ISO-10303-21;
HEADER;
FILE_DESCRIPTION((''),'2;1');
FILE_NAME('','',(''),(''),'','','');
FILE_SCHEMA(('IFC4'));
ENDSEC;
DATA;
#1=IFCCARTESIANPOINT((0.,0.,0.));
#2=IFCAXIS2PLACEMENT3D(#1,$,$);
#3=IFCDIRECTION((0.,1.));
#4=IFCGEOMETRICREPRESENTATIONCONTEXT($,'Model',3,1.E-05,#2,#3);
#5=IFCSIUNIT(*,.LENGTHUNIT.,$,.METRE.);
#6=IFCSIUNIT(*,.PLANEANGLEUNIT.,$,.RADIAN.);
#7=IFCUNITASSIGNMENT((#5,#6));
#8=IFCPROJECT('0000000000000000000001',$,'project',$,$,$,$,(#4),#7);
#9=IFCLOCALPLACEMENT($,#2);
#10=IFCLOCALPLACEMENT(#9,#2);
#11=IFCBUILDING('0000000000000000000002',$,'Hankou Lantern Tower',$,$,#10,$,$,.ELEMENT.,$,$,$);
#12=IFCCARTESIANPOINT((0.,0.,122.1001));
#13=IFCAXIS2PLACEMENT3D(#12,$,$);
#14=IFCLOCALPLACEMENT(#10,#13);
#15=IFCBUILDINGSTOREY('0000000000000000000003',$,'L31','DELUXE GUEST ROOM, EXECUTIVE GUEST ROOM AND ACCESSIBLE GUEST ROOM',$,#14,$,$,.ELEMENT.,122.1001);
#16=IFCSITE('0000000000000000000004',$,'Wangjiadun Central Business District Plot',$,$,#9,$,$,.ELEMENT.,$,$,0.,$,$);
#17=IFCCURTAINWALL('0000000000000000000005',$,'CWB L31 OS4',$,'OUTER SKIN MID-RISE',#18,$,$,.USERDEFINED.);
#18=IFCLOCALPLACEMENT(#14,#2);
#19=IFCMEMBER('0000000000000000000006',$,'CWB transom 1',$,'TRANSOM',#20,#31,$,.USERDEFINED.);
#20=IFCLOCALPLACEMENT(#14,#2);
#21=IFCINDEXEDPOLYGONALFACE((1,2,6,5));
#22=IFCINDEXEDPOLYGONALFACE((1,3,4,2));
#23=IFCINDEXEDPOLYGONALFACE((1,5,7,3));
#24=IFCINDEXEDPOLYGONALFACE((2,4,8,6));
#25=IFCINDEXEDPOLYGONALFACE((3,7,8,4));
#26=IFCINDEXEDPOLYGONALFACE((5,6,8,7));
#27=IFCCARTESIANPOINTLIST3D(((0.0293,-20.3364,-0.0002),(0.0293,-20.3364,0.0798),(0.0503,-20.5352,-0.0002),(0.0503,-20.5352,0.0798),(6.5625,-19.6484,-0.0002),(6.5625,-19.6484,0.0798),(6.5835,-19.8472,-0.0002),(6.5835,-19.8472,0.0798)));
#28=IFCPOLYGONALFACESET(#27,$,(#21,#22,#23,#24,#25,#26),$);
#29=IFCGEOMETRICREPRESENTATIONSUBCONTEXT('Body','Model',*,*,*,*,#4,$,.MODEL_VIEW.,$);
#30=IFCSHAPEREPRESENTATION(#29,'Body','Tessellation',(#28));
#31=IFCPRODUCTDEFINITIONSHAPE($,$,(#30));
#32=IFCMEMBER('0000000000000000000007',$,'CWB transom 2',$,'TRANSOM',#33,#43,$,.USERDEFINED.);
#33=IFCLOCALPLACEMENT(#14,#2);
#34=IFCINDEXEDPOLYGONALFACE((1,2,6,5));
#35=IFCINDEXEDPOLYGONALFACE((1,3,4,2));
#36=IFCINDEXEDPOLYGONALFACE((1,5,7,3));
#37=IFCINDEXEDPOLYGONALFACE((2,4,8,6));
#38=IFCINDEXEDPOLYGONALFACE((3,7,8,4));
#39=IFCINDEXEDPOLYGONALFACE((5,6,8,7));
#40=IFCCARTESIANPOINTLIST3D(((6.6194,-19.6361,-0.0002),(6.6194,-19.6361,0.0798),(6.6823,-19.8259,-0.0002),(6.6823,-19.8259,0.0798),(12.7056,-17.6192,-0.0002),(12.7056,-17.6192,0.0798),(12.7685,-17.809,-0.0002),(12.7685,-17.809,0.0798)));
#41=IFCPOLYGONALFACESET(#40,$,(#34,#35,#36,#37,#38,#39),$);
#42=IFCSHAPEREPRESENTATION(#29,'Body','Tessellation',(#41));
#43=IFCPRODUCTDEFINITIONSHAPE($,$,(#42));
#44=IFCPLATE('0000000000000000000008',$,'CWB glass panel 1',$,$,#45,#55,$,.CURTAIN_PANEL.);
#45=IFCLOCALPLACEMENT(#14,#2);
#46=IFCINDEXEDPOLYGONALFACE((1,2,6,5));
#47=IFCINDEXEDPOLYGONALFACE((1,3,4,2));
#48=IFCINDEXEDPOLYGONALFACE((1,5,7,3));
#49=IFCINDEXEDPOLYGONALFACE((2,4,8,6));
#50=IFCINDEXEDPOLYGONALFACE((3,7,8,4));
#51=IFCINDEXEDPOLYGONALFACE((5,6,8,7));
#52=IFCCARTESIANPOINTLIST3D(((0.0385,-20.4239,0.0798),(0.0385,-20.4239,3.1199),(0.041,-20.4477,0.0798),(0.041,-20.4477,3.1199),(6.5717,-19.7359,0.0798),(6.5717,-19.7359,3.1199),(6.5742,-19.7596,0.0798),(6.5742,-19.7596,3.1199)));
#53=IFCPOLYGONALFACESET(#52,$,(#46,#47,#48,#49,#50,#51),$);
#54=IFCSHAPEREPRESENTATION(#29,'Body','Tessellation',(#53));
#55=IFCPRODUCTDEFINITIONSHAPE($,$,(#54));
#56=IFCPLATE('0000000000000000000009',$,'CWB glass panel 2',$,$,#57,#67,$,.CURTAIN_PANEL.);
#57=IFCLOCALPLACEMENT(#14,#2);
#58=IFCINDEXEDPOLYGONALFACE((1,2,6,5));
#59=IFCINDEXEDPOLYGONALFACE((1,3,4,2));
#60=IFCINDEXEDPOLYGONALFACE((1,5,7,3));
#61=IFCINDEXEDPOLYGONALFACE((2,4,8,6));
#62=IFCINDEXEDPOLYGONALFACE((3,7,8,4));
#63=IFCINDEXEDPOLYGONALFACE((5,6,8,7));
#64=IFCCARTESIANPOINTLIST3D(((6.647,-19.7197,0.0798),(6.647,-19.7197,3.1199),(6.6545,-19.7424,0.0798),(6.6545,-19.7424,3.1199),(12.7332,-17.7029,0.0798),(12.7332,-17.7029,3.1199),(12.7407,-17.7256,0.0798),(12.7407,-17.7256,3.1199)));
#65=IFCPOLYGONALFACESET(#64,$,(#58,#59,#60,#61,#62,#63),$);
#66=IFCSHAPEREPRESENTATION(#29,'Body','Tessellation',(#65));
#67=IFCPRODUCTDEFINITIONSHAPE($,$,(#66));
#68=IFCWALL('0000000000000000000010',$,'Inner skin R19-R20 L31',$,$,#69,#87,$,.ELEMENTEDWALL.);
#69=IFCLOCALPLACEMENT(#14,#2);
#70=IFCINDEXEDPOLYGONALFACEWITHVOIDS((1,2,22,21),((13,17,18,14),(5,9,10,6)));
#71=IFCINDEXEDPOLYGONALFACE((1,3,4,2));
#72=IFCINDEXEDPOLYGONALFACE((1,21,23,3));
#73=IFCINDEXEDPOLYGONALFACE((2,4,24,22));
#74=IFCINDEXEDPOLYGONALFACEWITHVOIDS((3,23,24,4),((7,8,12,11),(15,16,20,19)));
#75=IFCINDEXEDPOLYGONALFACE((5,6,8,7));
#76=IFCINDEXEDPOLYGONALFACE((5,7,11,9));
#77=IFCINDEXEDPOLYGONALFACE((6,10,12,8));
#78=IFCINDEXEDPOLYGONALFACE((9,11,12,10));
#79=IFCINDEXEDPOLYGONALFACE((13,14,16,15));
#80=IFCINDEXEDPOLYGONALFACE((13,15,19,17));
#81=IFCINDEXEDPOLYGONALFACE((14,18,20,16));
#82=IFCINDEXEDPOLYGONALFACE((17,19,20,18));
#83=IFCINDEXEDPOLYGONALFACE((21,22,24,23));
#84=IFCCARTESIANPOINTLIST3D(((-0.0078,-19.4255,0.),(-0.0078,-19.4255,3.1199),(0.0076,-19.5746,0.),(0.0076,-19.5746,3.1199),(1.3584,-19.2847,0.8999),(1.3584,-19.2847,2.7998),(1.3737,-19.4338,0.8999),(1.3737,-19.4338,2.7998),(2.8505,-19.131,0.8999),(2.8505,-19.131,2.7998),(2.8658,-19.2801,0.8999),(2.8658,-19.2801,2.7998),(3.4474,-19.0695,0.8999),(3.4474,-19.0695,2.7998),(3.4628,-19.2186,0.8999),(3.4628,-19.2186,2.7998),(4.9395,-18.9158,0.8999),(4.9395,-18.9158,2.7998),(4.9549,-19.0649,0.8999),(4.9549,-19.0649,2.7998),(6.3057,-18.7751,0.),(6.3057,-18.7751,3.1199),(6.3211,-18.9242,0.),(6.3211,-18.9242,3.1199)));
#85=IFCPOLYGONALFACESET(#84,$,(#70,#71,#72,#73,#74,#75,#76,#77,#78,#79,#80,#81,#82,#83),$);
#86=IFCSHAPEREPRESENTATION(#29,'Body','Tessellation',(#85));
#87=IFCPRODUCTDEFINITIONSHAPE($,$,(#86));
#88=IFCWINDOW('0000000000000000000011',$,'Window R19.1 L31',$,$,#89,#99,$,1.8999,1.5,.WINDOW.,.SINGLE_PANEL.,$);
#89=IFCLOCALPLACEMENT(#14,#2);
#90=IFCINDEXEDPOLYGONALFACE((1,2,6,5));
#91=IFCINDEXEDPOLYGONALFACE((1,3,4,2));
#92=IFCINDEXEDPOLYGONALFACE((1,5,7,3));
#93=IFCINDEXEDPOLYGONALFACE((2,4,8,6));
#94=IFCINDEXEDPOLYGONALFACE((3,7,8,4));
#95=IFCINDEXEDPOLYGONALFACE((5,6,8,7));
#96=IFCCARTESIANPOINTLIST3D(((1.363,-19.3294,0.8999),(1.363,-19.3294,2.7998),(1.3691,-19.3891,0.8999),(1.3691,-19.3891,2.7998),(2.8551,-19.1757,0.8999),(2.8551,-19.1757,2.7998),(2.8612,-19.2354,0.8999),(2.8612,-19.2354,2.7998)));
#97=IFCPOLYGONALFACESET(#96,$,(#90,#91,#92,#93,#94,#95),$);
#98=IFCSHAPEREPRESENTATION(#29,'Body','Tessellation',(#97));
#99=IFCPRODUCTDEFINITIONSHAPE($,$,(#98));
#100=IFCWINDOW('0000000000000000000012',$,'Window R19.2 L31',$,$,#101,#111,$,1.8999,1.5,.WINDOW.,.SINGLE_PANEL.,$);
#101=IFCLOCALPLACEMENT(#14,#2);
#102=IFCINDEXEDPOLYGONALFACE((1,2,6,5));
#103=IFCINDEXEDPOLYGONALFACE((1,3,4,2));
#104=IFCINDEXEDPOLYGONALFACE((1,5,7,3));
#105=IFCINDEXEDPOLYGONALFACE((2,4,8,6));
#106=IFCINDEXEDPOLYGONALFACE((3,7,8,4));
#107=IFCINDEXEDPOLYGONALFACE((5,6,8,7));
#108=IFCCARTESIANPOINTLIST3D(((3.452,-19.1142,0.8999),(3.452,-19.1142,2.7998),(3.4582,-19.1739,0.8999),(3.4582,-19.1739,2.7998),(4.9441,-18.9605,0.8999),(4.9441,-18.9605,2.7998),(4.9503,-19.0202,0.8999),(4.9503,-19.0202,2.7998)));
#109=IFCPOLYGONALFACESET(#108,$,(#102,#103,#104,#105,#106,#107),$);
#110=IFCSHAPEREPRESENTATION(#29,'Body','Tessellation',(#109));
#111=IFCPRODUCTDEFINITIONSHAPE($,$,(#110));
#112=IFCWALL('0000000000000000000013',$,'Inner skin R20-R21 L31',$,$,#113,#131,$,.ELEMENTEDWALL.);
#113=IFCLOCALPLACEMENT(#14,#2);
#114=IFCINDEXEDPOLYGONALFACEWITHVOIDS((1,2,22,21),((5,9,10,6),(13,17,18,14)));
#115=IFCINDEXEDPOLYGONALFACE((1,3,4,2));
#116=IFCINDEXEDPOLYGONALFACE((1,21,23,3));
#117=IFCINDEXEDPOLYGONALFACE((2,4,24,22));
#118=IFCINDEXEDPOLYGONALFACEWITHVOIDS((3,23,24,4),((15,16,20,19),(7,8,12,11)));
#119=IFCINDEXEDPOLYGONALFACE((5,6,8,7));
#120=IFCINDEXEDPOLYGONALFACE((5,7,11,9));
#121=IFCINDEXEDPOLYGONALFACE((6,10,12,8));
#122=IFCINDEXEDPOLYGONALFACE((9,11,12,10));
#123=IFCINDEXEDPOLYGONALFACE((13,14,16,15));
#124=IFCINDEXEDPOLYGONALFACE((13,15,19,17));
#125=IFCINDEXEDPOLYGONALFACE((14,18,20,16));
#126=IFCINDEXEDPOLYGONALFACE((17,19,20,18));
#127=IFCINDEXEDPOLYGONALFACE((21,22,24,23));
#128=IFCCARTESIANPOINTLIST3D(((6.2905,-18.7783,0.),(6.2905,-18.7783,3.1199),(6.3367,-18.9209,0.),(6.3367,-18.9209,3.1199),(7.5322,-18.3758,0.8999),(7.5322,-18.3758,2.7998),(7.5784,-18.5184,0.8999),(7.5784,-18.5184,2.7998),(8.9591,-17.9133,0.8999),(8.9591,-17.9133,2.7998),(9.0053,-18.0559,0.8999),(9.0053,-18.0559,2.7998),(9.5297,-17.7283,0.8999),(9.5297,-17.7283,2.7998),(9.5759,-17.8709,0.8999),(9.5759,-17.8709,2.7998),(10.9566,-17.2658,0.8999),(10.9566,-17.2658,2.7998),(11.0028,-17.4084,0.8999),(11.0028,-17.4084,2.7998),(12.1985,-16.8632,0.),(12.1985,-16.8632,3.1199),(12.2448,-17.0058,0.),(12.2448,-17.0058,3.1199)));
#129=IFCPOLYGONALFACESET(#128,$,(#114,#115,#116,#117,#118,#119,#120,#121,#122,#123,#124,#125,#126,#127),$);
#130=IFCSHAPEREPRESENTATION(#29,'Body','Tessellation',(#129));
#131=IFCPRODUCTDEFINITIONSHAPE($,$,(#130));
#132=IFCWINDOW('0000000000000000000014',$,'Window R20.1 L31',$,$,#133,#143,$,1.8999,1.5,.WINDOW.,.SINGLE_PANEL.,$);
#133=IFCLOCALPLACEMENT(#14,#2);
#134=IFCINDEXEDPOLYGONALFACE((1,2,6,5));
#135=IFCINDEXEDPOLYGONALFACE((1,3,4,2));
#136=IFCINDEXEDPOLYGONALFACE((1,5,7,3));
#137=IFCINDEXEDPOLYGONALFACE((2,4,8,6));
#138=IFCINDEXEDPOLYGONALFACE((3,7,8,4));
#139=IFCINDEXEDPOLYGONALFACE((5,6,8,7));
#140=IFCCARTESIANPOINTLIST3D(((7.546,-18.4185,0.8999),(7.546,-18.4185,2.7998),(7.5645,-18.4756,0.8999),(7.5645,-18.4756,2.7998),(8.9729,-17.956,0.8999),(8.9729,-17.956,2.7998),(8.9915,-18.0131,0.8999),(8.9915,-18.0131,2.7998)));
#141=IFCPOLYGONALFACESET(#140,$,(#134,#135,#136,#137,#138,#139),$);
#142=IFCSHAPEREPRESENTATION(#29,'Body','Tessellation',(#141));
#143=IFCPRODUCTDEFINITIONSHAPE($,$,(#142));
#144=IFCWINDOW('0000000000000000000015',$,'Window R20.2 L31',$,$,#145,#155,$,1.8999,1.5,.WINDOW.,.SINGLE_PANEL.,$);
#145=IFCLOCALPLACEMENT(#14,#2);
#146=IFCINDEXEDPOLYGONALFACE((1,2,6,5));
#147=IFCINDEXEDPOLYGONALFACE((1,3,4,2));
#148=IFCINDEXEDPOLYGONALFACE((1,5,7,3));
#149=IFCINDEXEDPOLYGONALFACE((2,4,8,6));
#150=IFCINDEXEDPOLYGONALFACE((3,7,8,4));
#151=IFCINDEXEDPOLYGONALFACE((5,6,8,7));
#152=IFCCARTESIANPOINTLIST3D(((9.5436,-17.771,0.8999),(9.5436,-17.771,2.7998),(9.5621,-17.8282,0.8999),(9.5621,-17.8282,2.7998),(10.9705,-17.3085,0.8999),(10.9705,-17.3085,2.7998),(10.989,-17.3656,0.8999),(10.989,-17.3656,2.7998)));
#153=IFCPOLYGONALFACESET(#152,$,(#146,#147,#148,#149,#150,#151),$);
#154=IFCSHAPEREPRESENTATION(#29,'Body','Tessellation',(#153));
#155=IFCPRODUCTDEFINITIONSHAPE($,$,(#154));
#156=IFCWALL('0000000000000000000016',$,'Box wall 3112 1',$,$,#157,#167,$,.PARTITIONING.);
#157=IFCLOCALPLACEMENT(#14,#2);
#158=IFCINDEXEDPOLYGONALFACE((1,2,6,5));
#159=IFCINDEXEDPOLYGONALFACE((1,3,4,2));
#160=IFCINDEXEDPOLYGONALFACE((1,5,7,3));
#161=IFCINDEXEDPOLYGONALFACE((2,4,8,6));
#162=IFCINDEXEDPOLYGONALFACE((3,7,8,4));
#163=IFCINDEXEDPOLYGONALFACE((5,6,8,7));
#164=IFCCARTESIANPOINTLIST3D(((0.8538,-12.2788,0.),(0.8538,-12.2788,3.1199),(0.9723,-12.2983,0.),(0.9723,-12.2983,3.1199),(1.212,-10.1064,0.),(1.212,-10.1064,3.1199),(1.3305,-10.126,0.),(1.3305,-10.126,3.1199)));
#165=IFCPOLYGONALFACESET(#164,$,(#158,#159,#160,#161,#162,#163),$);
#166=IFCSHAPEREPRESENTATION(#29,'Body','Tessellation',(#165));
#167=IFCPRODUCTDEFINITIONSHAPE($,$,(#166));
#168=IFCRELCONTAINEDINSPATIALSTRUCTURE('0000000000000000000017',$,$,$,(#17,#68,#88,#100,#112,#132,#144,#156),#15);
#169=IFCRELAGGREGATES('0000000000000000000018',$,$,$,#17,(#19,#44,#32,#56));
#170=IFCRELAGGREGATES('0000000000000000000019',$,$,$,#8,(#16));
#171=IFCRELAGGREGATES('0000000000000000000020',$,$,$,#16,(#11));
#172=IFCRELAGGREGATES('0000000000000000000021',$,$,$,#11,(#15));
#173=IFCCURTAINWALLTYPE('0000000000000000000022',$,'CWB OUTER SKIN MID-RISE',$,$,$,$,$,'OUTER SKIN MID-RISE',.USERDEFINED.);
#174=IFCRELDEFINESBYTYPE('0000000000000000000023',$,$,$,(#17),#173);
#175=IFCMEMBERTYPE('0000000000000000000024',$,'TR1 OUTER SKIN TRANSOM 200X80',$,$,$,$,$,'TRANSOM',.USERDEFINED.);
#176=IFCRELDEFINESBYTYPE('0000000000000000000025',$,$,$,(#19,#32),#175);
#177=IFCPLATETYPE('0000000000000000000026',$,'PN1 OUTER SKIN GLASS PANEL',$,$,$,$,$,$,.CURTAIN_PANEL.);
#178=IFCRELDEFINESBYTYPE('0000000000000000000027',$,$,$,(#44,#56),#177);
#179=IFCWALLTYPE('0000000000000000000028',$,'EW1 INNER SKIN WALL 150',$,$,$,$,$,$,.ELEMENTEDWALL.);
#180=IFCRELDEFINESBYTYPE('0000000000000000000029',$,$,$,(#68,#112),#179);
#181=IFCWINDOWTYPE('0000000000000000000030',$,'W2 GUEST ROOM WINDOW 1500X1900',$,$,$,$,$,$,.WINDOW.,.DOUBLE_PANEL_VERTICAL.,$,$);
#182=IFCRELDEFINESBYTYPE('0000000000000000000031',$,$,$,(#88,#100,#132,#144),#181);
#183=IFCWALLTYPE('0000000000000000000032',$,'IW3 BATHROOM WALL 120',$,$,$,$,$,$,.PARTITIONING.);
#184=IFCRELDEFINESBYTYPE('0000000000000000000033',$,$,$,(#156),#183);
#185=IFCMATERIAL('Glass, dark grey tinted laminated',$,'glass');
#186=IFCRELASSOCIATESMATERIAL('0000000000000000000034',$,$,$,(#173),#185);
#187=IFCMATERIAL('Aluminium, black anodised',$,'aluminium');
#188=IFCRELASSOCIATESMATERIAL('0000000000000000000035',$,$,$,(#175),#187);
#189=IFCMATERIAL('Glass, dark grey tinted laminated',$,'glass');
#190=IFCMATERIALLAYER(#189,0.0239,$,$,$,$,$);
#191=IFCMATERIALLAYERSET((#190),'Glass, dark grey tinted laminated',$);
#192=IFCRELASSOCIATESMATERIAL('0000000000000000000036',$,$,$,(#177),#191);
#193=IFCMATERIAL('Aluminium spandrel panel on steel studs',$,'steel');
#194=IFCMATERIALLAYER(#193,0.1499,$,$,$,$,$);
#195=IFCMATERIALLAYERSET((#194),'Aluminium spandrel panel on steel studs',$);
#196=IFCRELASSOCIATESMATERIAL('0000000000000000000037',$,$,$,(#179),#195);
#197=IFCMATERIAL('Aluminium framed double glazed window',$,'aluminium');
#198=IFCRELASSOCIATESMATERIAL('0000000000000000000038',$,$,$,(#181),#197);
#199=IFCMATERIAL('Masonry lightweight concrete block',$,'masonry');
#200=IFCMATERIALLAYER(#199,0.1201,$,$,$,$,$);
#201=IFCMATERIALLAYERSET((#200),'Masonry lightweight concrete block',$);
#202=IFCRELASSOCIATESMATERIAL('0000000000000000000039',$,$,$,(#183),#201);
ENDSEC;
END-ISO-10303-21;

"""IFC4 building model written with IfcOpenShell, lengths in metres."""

from ifc_helpers import new_model, si_unit, direction, frame, frame_2d, origin, origin_2d, place, context, subcontext, project, spatial, rectangle, extrude, material, layer, layer_set, material_profile, profile_set, type_object, element, fill, aggregate, save


model = new_model("IFC4")

# Units and contexts
model_context = context("Model", 3, precision=1e-05, world=origin(), true_north=direction((0.0, 1.0)))
body_context = subcontext(model_context, "Body", "Model", "MODEL_VIEW")
ifc_project = project(units=[si_unit("LENGTHUNIT", "METRE"), si_unit("PLANEANGLEUNIT", "RADIAN")], contexts=[model_context])

# Site, building, storey
site_placement = place(None, origin())
site = spatial("IfcSite", under=ifc_project, at=site_placement, Name="Wangjiadun Central Business District Plot", CompositionType="ELEMENT", RefElevation=0.0)
building_placement = place(site_placement, origin())
building = spatial("IfcBuilding", under=site, at=building_placement, Name="Hankou Lantern Tower", CompositionType="ELEMENT")
storey_placement = place(building_placement, frame((0.0, 0.0, 122.1001)))
storey = spatial("IfcBuildingStorey", under=building, at=storey_placement, Name="L31", Description="DELUXE GUEST ROOM, EXECUTIVE GUEST ROOM AND ACCESSIBLE GUEST ROOM", CompositionType="ELEMENT", Elevation=122.1001)

# Curtain wall
ifc_material_1 = material(Name="Glass, dark grey tinted laminated", Category="glass")
curtain_wall_type = type_object("IfcCurtainWallType", Name="CWB OUTER SKIN MID-RISE", ElementType="OUTER SKIN MID-RISE", PredefinedType="USERDEFINED", material=ifc_material_1)
curtain_wall_placement = place(storey_placement, origin())
curtain_wall = element("IfcCurtainWall", 1, at=curtain_wall_placement, inside=storey, type_object=curtain_wall_type, Name="CWB L31 OS4", ObjectType="OUTER SKIN MID-RISE", PredefinedType="USERDEFINED")

# Members
ifc_material_2 = material(Name="Aluminium, black anodised", Category="aluminium")
ifc_material_profile_1 = material_profile(ifc_material_2, rectangle(XDim=0.2, YDim=0.0801, at=origin_2d()), Name="TR1 200X80")
ifc_profile_set_1 = profile_set([ifc_material_profile_1], Name="Aluminium, black anodised")
member_type_1 = type_object("IfcMemberType", Name="TR1 OUTER SKIN TRANSOM 200X80", ElementType="TRANSOM", PredefinedType="USERDEFINED", material=ifc_profile_set_1)
member_1_placement = place(storey_placement, frame((0.0398, -20.4358, 0.0398), z_axis=(0.994501, 0.104727, 0.0), x_axis=(-0.104727, 0.994501, 0.0)))
member_1 = element("IfcMember", 2, at=member_1_placement, type_object=member_type_1, Name="CWB transom 1", ObjectType="TRANSOM", PredefinedType="USERDEFINED", context=body_context, shape_type="SweptSolid", body=[
    extrude(rectangle(XDim=0.2, YDim=0.0801, at=origin_2d()), origin(), (0.0, 0.0, 1.0), 6.5693),
])
member_2_placement = place(storey_placement, frame((6.6509, -19.731, 0.0398), z_axis=(0.949238, 0.314559, 0.0), x_axis=(-0.314559, 0.949238, 0.0)))
member_2 = element("IfcMember", 3, at=member_2_placement, type_object=member_type_1, Name="CWB transom 2", ObjectType="TRANSOM", PredefinedType="USERDEFINED", context=body_context, shape_type="SweptSolid", body=[
    extrude(rectangle(XDim=0.2, YDim=0.0801, at=origin_2d()), origin(), (0.0, 0.0, 1.0), 6.4116),
])

# Plates
ifc_material_3 = material(Name="Glass, dark grey tinted laminated", Category="glass")
ifc_layer_1 = layer(ifc_material_3, 0.0239)
ifc_layer_set_1 = layer_set([ifc_layer_1], Name="Glass, dark grey tinted laminated")
plate_type = type_object("IfcPlateType", Name="PN1 OUTER SKIN GLASS PANEL", PredefinedType="CURTAIN_PANEL", material=ifc_layer_set_1)
plate_1_placement = place(storey_placement, frame((3.3064, -20.0918, 0.0798), z_axis=(0.0, 0.0, 1.0), x_axis=(0.994499, 0.104743, 0.0)))
plate_1 = element("IfcPlate", 4, at=plate_1_placement, type_object=plate_type, Name="CWB glass panel 1", PredefinedType="CURTAIN_PANEL", context=body_context, shape_type="SweptSolid", body=[
    extrude(rectangle(XDim=6.5693, YDim=0.0239, at=origin_2d()), origin(), (0.0, 0.0, 1.0), 3.04),
])
plate_2_placement = place(storey_placement, frame((9.6938, -18.7227, 0.0798), z_axis=(0.0, 0.0, 1.0), x_axis=(0.949241, 0.314551, 0.0)))
plate_2 = element("IfcPlate", 5, at=plate_2_placement, type_object=plate_type, Name="CWB glass panel 2", PredefinedType="CURTAIN_PANEL", context=body_context, shape_type="SweptSolid", body=[
    extrude(rectangle(XDim=6.4116, YDim=0.0239, at=origin_2d()), origin(), (0.0, 0.0, 1.0), 3.04),
])
aggregate(curtain_wall, [member_1, plate_1, member_2, plate_2])

# Walls, openings, windows
ifc_material_4 = material(Name="Aluminium spandrel panel on steel studs", Category="steel")
ifc_layer_2 = layer(ifc_material_4, 0.1499)
ifc_layer_set_2 = layer_set([ifc_layer_2], Name="Aluminium spandrel panel on steel studs")
wall_type_1 = type_object("IfcWallType", Name="EW1 INNER SKIN WALL 150", PredefinedType="ELEMENTEDWALL", material=ifc_layer_set_2)
wall_1_placement = place(storey_placement, frame((0.0, -19.5, 0.0), z_axis=(0.0, 0.0, 1.0), x_axis=(0.994736, 0.102474, 0.0)))
wall_1 = element("IfcWall", 6, at=wall_1_placement, inside=storey, type_object=wall_type_1, Name="Inner skin R19-R20 L31", PredefinedType="ELEMENTEDWALL", context=body_context, shape_type="SweptSolid", body=[
    extrude(rectangle(XDim=6.3469, YDim=0.1499, at=frame_2d((3.1733, 0.0))), origin(), (0.0, 0.0, 1.0), 3.1199),
])
opening_1_placement = place(wall_1_placement, frame((1.3733, 0.0, 0.8999)))
opening_1 = element("IfcOpeningElement", 7, at=opening_1_placement, cuts=wall_1, PredefinedType="OPENING", context=body_context, shape_type="SweptSolid", body=[
    extrude(rectangle(XDim=1.5, YDim=1.8999, at=frame_2d((0.75, 0.95))), frame((0.0, 0.085, 0.0), z_axis=(0.0, -1.0, 0.0), x_axis=(1.0, 0.0, 0.0)), (0.0, 0.0, 1.0), 0.1699),
])
opening_2_placement = place(wall_1_placement, frame((3.4734, 0.0, 0.8999)))
opening_2 = element("IfcOpeningElement", 8, at=opening_2_placement, cuts=wall_1, PredefinedType="OPENING", context=body_context, shape_type="SweptSolid", body=[
    extrude(rectangle(XDim=1.5, YDim=1.8999, at=frame_2d((0.75, 0.95))), frame((0.0, 0.085, 0.0), z_axis=(0.0, -1.0, 0.0), x_axis=(1.0, 0.0, 0.0)), (0.0, 0.0, 1.0), 0.1699),
])
ifc_material_5 = material(Name="Aluminium framed double glazed window", Category="aluminium")
window_type = type_object("IfcWindowType", Name="W2 GUEST ROOM WINDOW 1500X1900", PartitioningType="DOUBLE_PANEL_VERTICAL", PredefinedType="WINDOW", material=ifc_material_5)
window_1_placement = place(opening_1_placement, origin())
window_1 = element("IfcWindow", 9, at=window_1_placement, inside=storey, type_object=window_type, Name="Window R19.1 L31", OverallHeight=1.8999, OverallWidth=1.5, PartitioningType="SINGLE_PANEL", PredefinedType="WINDOW", context=body_context, shape_type="SweptSolid", body=[
    extrude(rectangle(XDim=1.5, YDim=1.8999, at=frame_2d((0.75, 0.95))), frame((0.0, 0.03, 0.0), z_axis=(0.0, -1.0, 0.0), x_axis=(1.0, 0.0, 0.0)), (0.0, 0.0, 1.0), 0.0601),
])
fill(opening_1, window_1)
window_2_placement = place(opening_2_placement, origin())
window_2 = element("IfcWindow", 10, at=window_2_placement, inside=storey, type_object=window_type, Name="Window R19.2 L31", OverallHeight=1.8999, OverallWidth=1.5, PartitioningType="SINGLE_PANEL", PredefinedType="WINDOW", context=body_context, shape_type="SweptSolid", body=[
    extrude(rectangle(XDim=1.5, YDim=1.8999, at=frame_2d((0.75, 0.95))), frame((0.0, 0.03, 0.0), z_axis=(0.0, -1.0, 0.0), x_axis=(1.0, 0.0, 0.0)), (0.0, 0.0, 1.0), 0.0601),
])
fill(opening_2, window_2)
wall_2_placement = place(storey_placement, frame((6.3135, -18.8496, 0.0), z_axis=(0.0, 0.0, 1.0), x_axis=(0.951273, 0.308351, 0.0)))
wall_2 = element("IfcWall", 11, at=wall_2_placement, inside=storey, type_object=wall_type_1, Name="Inner skin R20-R21 L31", PredefinedType="ELEMENTEDWALL", context=body_context, shape_type="SweptSolid", body=[
    extrude(rectangle(XDim=6.2107, YDim=0.1499, at=frame_2d((3.1055, 0.0))), origin(), (0.0, 0.0, 1.0), 3.1199),
])
opening_3_placement = place(wall_2_placement, frame((1.3054, 0.0, 0.8999)))
opening_3 = element("IfcOpeningElement", 12, at=opening_3_placement, cuts=wall_2, PredefinedType="OPENING", context=body_context, shape_type="SweptSolid", body=[
    extrude(rectangle(XDim=1.5, YDim=1.8999, at=frame_2d((0.75, 0.95))), frame((0.0, 0.085, 0.0), z_axis=(0.0, -1.0, 0.0), x_axis=(1.0, 0.0, 0.0)), (0.0, 0.0, 1.0), 0.1699),
])
opening_4_placement = place(wall_2_placement, frame((3.4053, 0.0, 0.8999)))
opening_4 = element("IfcOpeningElement", 13, at=opening_4_placement, cuts=wall_2, PredefinedType="OPENING", context=body_context, shape_type="SweptSolid", body=[
    extrude(rectangle(XDim=1.5, YDim=1.8999, at=frame_2d((0.75, 0.95))), frame((0.0, 0.085, 0.0), z_axis=(0.0, -1.0, 0.0), x_axis=(1.0, 0.0, 0.0)), (0.0, 0.0, 1.0), 0.1699),
])
window_3_placement = place(opening_3_placement, origin())
window_3 = element("IfcWindow", 14, at=window_3_placement, inside=storey, type_object=window_type, Name="Window R20.1 L31", OverallHeight=1.8999, OverallWidth=1.5, PartitioningType="SINGLE_PANEL", PredefinedType="WINDOW", context=body_context, shape_type="SweptSolid", body=[
    extrude(rectangle(XDim=1.5, YDim=1.8999, at=frame_2d((0.75, 0.95))), frame((0.0, 0.03, 0.0), z_axis=(0.0, -1.0, 0.0), x_axis=(1.0, 0.0, 0.0)), (0.0, 0.0, 1.0), 0.0601),
])
fill(opening_3, window_3)
window_4_placement = place(opening_4_placement, origin())
window_4 = element("IfcWindow", 15, at=window_4_placement, inside=storey, type_object=window_type, Name="Window R20.2 L31", OverallHeight=1.8999, OverallWidth=1.5, PartitioningType="SINGLE_PANEL", PredefinedType="WINDOW", context=body_context, shape_type="SweptSolid", body=[
    extrude(rectangle(XDim=1.5, YDim=1.8999, at=frame_2d((0.75, 0.95))), frame((0.0, 0.03, 0.0), z_axis=(0.0, -1.0, 0.0), x_axis=(1.0, 0.0, 0.0)), (0.0, 0.0, 1.0), 0.0601),
])
fill(opening_4, window_4)

# Wall
ifc_material_6 = material(Name="Masonry lightweight concrete block", Category="masonry")
ifc_layer_3 = layer(ifc_material_6, 0.1201)
ifc_layer_set_3 = layer_set([ifc_layer_3], Name="Masonry lightweight concrete block")
wall_type_2 = type_object("IfcWallType", Name="IW3 BATHROOM WALL 120", PredefinedType="PARTITIONING", material=ifc_layer_set_3)
wall_3_placement = place(storey_placement, frame((1.2712, -10.1162, 0.0), z_axis=(0.0, 0.0, 1.0), x_axis=(-0.162672, -0.98668, 0.0)))
element("IfcWall", 16, at=wall_3_placement, inside=storey, type_object=wall_type_2, Name="Box wall 3112 1", PredefinedType="PARTITIONING", context=body_context, shape_type="SweptSolid", body=[
    extrude(rectangle(XDim=2.2017, YDim=0.1201, at=frame_2d((1.1008, 0.0))), origin(), (0.0, 0.0, 1.0), 3.1199),
])

save(model, "model.ifc")
